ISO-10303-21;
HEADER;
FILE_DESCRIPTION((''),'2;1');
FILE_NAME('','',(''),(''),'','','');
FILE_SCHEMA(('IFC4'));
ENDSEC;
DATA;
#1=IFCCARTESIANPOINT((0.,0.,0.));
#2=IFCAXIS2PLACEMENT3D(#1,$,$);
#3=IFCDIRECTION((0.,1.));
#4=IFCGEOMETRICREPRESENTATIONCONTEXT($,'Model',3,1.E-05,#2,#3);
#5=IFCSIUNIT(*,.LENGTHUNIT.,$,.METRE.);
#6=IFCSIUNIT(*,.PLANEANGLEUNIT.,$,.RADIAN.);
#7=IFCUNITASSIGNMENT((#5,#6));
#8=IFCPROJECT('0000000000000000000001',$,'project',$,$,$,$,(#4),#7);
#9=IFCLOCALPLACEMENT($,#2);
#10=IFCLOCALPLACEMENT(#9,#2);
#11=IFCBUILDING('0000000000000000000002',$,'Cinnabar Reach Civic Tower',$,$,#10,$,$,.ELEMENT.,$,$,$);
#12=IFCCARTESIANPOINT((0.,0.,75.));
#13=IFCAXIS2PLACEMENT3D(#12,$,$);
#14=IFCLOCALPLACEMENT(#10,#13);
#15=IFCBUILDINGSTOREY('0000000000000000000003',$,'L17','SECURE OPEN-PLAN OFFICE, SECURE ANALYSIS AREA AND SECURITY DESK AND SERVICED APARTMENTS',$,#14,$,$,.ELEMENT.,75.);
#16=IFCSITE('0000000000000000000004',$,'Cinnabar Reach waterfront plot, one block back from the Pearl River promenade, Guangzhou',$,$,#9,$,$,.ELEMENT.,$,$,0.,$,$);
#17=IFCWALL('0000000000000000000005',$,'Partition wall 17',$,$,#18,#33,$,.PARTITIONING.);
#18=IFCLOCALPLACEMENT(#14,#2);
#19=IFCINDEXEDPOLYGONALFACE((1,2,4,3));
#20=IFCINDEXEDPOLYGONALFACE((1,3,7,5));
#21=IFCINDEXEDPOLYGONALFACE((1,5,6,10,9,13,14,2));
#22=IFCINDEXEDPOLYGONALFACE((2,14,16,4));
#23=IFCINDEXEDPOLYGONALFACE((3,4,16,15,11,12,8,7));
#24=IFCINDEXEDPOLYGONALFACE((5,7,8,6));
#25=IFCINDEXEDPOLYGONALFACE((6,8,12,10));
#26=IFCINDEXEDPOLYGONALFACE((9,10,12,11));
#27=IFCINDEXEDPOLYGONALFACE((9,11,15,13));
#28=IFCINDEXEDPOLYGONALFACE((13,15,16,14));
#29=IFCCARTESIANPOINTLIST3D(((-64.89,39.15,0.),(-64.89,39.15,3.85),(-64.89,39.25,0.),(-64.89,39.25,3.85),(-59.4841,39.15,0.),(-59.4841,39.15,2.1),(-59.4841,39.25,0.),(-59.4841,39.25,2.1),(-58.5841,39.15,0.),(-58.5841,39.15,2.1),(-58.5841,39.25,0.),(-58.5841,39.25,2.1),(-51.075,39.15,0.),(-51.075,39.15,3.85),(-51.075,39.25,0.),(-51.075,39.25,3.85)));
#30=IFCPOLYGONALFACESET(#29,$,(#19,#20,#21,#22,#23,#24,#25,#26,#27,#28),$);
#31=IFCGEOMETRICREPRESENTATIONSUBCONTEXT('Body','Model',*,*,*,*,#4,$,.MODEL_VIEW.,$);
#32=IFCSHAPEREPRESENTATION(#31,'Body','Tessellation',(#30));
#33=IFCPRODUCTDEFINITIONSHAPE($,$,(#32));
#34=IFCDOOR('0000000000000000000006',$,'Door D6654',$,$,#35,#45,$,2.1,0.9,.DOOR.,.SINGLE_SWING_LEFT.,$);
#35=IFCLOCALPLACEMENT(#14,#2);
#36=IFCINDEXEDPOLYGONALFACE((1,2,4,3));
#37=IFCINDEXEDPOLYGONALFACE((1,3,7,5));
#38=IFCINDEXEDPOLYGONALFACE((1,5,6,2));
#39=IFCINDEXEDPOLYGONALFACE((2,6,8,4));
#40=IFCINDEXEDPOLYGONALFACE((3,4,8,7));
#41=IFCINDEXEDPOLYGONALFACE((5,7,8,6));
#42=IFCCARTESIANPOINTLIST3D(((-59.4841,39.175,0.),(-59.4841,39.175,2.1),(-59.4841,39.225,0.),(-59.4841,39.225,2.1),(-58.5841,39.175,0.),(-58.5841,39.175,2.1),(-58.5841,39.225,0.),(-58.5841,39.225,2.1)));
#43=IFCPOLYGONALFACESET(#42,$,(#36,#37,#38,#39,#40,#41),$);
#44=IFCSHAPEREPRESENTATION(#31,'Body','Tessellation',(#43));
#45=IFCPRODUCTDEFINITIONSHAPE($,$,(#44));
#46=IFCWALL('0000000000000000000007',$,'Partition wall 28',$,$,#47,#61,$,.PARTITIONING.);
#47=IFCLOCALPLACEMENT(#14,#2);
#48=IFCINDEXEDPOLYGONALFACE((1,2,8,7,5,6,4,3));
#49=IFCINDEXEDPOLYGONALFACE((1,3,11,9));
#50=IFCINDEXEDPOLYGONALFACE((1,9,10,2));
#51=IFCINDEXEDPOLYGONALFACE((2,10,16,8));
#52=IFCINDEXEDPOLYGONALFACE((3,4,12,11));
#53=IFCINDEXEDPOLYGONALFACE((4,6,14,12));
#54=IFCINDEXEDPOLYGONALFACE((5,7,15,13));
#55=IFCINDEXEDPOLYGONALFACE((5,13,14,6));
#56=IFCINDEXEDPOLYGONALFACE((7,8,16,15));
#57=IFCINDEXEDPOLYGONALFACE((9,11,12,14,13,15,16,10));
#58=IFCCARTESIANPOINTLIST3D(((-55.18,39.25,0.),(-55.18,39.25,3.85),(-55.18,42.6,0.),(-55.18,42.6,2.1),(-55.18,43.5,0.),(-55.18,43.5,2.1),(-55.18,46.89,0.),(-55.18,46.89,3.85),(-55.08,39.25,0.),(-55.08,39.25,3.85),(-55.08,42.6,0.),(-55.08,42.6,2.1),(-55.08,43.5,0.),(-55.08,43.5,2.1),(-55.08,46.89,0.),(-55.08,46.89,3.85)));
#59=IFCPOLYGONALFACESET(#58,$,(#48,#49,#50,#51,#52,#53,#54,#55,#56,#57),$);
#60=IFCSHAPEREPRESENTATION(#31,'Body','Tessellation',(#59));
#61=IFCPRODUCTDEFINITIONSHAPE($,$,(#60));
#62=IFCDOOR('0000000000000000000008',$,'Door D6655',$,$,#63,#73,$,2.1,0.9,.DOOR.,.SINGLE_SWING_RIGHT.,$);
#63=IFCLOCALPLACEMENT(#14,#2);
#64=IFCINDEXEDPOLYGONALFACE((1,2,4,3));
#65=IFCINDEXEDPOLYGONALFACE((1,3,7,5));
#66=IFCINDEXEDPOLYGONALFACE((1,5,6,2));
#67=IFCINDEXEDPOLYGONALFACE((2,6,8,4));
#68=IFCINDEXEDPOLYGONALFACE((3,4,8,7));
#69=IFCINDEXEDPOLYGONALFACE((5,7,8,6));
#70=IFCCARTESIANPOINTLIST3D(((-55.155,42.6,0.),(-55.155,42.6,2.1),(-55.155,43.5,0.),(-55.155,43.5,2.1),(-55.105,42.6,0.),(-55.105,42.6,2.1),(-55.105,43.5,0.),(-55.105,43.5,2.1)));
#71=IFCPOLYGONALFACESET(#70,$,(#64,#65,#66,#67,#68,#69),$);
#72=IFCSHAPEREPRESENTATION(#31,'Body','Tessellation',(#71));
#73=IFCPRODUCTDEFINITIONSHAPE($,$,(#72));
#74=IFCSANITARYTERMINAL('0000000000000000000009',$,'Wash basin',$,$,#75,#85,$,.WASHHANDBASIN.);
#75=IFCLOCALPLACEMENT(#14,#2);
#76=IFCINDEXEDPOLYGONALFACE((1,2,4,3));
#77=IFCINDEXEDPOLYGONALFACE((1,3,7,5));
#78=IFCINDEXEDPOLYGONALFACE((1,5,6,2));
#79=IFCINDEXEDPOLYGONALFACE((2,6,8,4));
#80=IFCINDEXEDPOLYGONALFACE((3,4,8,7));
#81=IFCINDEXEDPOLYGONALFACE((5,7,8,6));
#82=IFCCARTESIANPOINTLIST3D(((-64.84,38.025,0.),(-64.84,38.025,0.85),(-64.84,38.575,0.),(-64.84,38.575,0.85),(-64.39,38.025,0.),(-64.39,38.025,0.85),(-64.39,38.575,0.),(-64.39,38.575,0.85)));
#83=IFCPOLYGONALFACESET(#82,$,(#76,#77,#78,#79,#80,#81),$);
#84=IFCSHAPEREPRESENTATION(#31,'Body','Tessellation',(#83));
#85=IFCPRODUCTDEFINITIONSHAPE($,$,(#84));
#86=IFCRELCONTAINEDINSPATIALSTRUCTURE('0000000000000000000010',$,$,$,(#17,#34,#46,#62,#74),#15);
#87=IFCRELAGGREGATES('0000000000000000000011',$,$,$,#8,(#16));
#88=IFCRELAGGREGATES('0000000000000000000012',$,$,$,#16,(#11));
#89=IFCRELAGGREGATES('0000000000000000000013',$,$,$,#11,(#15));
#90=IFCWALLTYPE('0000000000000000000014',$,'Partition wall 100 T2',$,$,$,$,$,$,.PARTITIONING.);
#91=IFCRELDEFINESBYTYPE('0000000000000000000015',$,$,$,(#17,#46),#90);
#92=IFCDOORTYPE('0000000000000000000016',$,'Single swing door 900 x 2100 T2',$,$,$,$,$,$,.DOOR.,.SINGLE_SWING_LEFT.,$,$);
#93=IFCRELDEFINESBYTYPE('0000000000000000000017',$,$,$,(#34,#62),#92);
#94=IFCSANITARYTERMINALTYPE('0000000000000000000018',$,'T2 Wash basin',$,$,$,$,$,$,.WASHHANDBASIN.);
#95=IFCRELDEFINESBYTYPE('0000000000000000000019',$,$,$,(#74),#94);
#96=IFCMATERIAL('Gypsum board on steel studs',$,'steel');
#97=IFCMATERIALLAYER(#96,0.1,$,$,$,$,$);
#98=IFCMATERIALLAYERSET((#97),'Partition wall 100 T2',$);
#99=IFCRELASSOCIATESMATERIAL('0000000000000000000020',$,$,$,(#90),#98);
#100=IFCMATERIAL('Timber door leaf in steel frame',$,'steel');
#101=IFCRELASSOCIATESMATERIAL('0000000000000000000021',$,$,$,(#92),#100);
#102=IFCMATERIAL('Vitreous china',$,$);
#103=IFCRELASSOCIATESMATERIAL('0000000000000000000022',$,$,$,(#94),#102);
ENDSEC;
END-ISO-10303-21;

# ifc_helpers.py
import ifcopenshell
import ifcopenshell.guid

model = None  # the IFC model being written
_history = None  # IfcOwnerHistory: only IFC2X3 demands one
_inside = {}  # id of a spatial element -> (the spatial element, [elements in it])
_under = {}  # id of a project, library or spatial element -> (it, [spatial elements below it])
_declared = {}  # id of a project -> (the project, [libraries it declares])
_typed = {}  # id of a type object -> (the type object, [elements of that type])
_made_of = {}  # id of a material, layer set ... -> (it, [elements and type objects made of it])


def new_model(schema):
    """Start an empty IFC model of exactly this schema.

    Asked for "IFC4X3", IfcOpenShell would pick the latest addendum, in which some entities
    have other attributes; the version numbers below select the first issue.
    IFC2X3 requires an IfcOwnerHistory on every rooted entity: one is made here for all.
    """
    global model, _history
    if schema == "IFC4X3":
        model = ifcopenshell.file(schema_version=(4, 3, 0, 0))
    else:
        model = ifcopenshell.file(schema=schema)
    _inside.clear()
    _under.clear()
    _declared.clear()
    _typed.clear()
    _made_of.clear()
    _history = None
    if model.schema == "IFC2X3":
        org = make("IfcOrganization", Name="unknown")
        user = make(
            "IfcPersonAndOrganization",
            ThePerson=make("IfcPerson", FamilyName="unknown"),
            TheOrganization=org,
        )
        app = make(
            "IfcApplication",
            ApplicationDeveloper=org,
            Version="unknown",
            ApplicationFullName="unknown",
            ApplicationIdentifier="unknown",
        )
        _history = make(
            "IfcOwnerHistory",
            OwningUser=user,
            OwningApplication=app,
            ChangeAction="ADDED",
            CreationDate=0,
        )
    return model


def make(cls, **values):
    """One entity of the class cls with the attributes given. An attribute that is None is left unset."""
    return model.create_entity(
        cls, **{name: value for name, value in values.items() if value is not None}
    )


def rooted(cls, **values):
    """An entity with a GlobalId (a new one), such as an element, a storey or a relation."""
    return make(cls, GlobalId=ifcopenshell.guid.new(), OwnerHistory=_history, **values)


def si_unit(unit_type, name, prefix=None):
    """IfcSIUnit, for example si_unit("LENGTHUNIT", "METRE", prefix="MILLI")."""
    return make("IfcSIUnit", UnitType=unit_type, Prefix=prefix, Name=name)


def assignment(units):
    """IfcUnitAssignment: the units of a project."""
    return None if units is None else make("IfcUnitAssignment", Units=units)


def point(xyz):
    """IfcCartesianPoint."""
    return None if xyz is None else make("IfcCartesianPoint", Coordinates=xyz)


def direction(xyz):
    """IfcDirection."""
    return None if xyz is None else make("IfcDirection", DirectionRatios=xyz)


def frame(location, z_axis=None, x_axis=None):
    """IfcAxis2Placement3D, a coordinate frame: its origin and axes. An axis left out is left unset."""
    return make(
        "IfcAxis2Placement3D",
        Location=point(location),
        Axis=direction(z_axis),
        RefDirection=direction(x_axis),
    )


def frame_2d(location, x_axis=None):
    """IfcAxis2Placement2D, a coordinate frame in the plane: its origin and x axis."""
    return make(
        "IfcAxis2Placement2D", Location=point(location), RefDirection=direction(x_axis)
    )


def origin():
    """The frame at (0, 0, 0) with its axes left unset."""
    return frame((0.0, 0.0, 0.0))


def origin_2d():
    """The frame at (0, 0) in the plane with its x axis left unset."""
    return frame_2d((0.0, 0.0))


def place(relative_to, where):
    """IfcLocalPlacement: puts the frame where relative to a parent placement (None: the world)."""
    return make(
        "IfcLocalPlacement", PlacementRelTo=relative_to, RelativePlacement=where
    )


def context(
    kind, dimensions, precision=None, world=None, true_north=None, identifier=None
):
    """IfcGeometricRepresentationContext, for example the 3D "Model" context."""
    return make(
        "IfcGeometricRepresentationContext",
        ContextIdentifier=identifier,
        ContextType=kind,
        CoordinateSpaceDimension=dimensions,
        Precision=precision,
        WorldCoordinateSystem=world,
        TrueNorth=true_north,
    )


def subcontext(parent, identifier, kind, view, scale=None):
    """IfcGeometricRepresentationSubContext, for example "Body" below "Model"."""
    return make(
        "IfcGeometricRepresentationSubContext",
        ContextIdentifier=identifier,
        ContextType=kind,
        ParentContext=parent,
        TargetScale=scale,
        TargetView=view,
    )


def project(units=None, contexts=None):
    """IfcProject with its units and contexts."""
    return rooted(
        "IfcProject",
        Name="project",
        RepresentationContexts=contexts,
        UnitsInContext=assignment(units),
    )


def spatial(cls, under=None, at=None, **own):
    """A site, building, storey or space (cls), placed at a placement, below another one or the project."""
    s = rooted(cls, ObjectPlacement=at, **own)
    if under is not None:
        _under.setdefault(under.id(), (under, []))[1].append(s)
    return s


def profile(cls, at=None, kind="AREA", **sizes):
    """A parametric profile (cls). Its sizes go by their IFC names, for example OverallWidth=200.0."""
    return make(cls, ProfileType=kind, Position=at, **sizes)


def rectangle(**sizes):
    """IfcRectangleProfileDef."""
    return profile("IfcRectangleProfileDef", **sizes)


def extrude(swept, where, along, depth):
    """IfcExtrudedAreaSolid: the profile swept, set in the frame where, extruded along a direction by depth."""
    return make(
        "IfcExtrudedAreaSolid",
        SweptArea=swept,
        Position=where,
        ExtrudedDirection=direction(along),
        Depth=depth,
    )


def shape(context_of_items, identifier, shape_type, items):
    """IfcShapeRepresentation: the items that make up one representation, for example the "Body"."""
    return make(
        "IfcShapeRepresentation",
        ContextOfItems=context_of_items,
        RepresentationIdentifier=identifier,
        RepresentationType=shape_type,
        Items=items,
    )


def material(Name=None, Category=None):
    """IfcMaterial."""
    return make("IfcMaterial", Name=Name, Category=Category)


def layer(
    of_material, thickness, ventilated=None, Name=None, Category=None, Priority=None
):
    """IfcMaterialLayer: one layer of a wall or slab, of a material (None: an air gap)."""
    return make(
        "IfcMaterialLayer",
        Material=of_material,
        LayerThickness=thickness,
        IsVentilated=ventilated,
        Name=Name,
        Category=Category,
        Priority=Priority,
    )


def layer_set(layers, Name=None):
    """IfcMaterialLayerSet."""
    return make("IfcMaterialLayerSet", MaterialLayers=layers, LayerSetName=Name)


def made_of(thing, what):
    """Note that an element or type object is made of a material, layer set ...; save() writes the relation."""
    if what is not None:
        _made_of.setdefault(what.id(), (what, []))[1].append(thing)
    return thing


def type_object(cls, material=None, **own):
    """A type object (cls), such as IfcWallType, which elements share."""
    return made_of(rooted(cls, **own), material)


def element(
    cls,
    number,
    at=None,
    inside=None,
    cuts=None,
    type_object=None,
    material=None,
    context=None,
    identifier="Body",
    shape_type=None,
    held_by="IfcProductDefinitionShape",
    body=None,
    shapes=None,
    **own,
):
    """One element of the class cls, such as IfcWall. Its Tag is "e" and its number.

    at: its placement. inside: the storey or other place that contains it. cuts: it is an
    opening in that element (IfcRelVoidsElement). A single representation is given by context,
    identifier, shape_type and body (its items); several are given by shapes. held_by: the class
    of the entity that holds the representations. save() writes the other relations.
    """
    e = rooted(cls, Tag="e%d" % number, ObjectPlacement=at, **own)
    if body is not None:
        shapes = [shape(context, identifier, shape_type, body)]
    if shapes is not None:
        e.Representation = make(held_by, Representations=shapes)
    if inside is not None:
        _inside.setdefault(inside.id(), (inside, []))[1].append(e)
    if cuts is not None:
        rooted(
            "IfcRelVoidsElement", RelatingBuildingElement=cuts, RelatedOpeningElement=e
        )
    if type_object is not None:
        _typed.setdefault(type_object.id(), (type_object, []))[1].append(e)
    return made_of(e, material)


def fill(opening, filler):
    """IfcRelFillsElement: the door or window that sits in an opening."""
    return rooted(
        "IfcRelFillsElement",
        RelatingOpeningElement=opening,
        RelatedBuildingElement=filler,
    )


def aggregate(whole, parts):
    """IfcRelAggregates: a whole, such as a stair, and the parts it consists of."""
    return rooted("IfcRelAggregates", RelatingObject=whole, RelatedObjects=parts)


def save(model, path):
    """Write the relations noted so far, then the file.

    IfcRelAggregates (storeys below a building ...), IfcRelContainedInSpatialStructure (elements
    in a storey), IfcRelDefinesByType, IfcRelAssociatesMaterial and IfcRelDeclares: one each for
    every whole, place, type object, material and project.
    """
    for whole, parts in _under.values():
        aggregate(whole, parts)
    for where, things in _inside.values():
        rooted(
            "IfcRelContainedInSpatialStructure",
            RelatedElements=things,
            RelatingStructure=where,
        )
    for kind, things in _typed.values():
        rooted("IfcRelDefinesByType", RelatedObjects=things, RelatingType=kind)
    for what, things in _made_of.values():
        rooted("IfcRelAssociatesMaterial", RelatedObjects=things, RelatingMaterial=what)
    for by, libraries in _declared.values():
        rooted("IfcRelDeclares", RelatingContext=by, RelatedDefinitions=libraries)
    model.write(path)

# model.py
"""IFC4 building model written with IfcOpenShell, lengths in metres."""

from ifc_helpers import new_model, si_unit, direction, frame, frame_2d, origin, origin_2d, place, context, subcontext, project, spatial, rectangle, extrude, material, layer, layer_set, type_object, element, fill, save


model = new_model("IFC4")

# Units and contexts
model_context = context("Model", 3, precision=1e-05, world=origin(), true_north=direction((0.0, 1.0)))
body_context = subcontext(model_context, "Body", "Model", "MODEL_VIEW")
ifc_project = project(units=[si_unit("LENGTHUNIT", "METRE"), si_unit("PLANEANGLEUNIT", "RADIAN")], contexts=[model_context])

# Site, building, storey
site_placement = place(None, origin())
site = spatial("IfcSite", under=ifc_project, at=site_placement, Name="Cinnabar Reach waterfront plot, one block back from the Pearl River promenade, Guangzhou", CompositionType="ELEMENT", RefElevation=0.0)
building_placement = place(site_placement, origin())
building = spatial("IfcBuilding", under=site, at=building_placement, Name="Cinnabar Reach Civic Tower", CompositionType="ELEMENT")
storey_placement = place(building_placement, frame((0.0, 0.0, 75.0)))
storey = spatial("IfcBuildingStorey", under=building, at=storey_placement, Name="L17", Description="SECURE OPEN-PLAN OFFICE, SECURE ANALYSIS AREA AND SECURITY DESK AND SERVICED APARTMENTS", CompositionType="ELEMENT", Elevation=75.0)

# Walls, openings, doors
ifc_material_1 = material(Name="Gypsum board on steel studs", Category="steel")
ifc_layer_1 = layer(ifc_material_1, 0.1)
ifc_layer_set_1 = layer_set([ifc_layer_1], Name="Partition wall 100 T2")
wall_type_1 = type_object("IfcWallType", Name="Partition wall 100 T2", PredefinedType="PARTITIONING", material=ifc_layer_set_1)
wall_1_placement = place(storey_placement, frame((-64.89, 39.2, 0.0), z_axis=(0.0, 0.0, 1.0), x_axis=(1.0, 0.0, 0.0)))
wall_1 = element("IfcWall", 1, at=wall_1_placement, inside=storey, type_object=wall_type_1, Name="Partition wall 17", PredefinedType="PARTITIONING", context=body_context, shape_type="SweptSolid", body=[
    extrude(rectangle(XDim=13.815, YDim=0.1, at=frame_2d((6.9075, 0.0))), origin(), (0.0, 0.0, 1.0), 3.85),
])
opening_1_placement = place(wall_1_placement, frame((5.4059, 0.0, 0.0)))
opening_1 = element("IfcOpeningElement", 2, at=opening_1_placement, cuts=wall_1, PredefinedType="OPENING", context=body_context, shape_type="SweptSolid", body=[
    extrude(rectangle(XDim=0.9, YDim=2.1, at=frame_2d((0.45, 1.05))), frame((0.0, 0.06, 0.0), z_axis=(0.0, -1.0, 0.0), x_axis=(1.0, 0.0, 0.0)), (0.0, 0.0, 1.0), 0.12),
])
ifc_material_2 = material(Name="Timber door leaf in steel frame", Category="steel")
door_type = type_object("IfcDoorType", Name="Single swing door 900 x 2100 T2", OperationType="SINGLE_SWING_LEFT", PredefinedType="DOOR", material=ifc_material_2)
door_1_placement = place(opening_1_placement, frame((0.9, 0.0, 0.0), z_axis=(0.0, 0.0, 1.0), x_axis=(-1.0, 0.0, 0.0)))
door_1 = element("IfcDoor", 3, at=door_1_placement, inside=storey, type_object=door_type, Name="Door D6654", OperationType="SINGLE_SWING_LEFT", OverallHeight=2.1, OverallWidth=0.9, PredefinedType="DOOR", context=body_context, shape_type="SweptSolid", body=[
    extrude(rectangle(XDim=0.9, YDim=2.1, at=frame_2d((0.45, 1.05))), frame((0.0, 0.025, 0.0), z_axis=(0.0, -1.0, 0.0), x_axis=(1.0, 0.0, 0.0)), (0.0, 0.0, 1.0), 0.05),
])
fill(opening_1, door_1)
wall_2_placement = place(storey_placement, frame((-55.13, 39.25, 0.0), z_axis=(0.0, 0.0, 1.0), x_axis=(0.0, 1.0, 0.0)))
wall_2 = element("IfcWall", 4, at=wall_2_placement, inside=storey, type_object=wall_type_1, Name="Partition wall 28", PredefinedType="PARTITIONING", context=body_context, shape_type="SweptSolid", body=[
    extrude(rectangle(XDim=7.64, YDim=0.1, at=frame_2d((3.82, 0.0))), origin(), (0.0, 0.0, 1.0), 3.85),
])
opening_2_placement = place(wall_2_placement, frame((3.35, 0.0, 0.0)))
opening_2 = element("IfcOpeningElement", 5, at=opening_2_placement, cuts=wall_2, PredefinedType="OPENING", context=body_context, shape_type="SweptSolid", body=[
    extrude(rectangle(XDim=0.9, YDim=2.1, at=frame_2d((0.45, 1.05))), frame((0.0, 0.06, 0.0), z_axis=(0.0, -1.0, 0.0), x_axis=(1.0, 0.0, 0.0)), (0.0, 0.0, 1.0), 0.12),
])
door_2_placement = place(opening_2_placement, frame((0.9, 0.0, 0.0), z_axis=(0.0, 0.0, 1.0), x_axis=(-1.0, 0.0, 0.0)))
door_2 = element("IfcDoor", 6, at=door_2_placement, inside=storey, type_object=door_type, Name="Door D6655", OperationType="SINGLE_SWING_RIGHT", OverallHeight=2.1, OverallWidth=0.9, PredefinedType="DOOR", context=body_context, shape_type="SweptSolid", body=[
    extrude(rectangle(XDim=0.9, YDim=2.1, at=frame_2d((0.45, 1.05))), frame((0.0, 0.025, 0.0), z_axis=(0.0, -1.0, 0.0), x_axis=(1.0, 0.0, 0.0)), (0.0, 0.0, 1.0), 0.05),
])
fill(opening_2, door_2)

# Sanitary terminal
ifc_material_3 = material(Name="Vitreous china")
sanitary_terminal_type = type_object("IfcSanitaryTerminalType", Name="T2 Wash basin", PredefinedType="WASHHANDBASIN", material=ifc_material_3)
sanitary_terminal_placement = place(storey_placement, frame((-64.615, 38.3, 0.0), z_axis=(0.0, 0.0, 1.0), x_axis=(1.0, 0.0, 0.0)))
element("IfcSanitaryTerminal", 7, at=sanitary_terminal_placement, inside=storey, type_object=sanitary_terminal_type, Name="Wash basin", PredefinedType="WASHHANDBASIN", context=body_context, shape_type="SweptSolid", body=[
    extrude(rectangle(XDim=0.45, YDim=0.55, at=origin_2d()), origin(), (0.0, 0.0, 1.0), 0.85),
])

save(model, "model.ifc")
